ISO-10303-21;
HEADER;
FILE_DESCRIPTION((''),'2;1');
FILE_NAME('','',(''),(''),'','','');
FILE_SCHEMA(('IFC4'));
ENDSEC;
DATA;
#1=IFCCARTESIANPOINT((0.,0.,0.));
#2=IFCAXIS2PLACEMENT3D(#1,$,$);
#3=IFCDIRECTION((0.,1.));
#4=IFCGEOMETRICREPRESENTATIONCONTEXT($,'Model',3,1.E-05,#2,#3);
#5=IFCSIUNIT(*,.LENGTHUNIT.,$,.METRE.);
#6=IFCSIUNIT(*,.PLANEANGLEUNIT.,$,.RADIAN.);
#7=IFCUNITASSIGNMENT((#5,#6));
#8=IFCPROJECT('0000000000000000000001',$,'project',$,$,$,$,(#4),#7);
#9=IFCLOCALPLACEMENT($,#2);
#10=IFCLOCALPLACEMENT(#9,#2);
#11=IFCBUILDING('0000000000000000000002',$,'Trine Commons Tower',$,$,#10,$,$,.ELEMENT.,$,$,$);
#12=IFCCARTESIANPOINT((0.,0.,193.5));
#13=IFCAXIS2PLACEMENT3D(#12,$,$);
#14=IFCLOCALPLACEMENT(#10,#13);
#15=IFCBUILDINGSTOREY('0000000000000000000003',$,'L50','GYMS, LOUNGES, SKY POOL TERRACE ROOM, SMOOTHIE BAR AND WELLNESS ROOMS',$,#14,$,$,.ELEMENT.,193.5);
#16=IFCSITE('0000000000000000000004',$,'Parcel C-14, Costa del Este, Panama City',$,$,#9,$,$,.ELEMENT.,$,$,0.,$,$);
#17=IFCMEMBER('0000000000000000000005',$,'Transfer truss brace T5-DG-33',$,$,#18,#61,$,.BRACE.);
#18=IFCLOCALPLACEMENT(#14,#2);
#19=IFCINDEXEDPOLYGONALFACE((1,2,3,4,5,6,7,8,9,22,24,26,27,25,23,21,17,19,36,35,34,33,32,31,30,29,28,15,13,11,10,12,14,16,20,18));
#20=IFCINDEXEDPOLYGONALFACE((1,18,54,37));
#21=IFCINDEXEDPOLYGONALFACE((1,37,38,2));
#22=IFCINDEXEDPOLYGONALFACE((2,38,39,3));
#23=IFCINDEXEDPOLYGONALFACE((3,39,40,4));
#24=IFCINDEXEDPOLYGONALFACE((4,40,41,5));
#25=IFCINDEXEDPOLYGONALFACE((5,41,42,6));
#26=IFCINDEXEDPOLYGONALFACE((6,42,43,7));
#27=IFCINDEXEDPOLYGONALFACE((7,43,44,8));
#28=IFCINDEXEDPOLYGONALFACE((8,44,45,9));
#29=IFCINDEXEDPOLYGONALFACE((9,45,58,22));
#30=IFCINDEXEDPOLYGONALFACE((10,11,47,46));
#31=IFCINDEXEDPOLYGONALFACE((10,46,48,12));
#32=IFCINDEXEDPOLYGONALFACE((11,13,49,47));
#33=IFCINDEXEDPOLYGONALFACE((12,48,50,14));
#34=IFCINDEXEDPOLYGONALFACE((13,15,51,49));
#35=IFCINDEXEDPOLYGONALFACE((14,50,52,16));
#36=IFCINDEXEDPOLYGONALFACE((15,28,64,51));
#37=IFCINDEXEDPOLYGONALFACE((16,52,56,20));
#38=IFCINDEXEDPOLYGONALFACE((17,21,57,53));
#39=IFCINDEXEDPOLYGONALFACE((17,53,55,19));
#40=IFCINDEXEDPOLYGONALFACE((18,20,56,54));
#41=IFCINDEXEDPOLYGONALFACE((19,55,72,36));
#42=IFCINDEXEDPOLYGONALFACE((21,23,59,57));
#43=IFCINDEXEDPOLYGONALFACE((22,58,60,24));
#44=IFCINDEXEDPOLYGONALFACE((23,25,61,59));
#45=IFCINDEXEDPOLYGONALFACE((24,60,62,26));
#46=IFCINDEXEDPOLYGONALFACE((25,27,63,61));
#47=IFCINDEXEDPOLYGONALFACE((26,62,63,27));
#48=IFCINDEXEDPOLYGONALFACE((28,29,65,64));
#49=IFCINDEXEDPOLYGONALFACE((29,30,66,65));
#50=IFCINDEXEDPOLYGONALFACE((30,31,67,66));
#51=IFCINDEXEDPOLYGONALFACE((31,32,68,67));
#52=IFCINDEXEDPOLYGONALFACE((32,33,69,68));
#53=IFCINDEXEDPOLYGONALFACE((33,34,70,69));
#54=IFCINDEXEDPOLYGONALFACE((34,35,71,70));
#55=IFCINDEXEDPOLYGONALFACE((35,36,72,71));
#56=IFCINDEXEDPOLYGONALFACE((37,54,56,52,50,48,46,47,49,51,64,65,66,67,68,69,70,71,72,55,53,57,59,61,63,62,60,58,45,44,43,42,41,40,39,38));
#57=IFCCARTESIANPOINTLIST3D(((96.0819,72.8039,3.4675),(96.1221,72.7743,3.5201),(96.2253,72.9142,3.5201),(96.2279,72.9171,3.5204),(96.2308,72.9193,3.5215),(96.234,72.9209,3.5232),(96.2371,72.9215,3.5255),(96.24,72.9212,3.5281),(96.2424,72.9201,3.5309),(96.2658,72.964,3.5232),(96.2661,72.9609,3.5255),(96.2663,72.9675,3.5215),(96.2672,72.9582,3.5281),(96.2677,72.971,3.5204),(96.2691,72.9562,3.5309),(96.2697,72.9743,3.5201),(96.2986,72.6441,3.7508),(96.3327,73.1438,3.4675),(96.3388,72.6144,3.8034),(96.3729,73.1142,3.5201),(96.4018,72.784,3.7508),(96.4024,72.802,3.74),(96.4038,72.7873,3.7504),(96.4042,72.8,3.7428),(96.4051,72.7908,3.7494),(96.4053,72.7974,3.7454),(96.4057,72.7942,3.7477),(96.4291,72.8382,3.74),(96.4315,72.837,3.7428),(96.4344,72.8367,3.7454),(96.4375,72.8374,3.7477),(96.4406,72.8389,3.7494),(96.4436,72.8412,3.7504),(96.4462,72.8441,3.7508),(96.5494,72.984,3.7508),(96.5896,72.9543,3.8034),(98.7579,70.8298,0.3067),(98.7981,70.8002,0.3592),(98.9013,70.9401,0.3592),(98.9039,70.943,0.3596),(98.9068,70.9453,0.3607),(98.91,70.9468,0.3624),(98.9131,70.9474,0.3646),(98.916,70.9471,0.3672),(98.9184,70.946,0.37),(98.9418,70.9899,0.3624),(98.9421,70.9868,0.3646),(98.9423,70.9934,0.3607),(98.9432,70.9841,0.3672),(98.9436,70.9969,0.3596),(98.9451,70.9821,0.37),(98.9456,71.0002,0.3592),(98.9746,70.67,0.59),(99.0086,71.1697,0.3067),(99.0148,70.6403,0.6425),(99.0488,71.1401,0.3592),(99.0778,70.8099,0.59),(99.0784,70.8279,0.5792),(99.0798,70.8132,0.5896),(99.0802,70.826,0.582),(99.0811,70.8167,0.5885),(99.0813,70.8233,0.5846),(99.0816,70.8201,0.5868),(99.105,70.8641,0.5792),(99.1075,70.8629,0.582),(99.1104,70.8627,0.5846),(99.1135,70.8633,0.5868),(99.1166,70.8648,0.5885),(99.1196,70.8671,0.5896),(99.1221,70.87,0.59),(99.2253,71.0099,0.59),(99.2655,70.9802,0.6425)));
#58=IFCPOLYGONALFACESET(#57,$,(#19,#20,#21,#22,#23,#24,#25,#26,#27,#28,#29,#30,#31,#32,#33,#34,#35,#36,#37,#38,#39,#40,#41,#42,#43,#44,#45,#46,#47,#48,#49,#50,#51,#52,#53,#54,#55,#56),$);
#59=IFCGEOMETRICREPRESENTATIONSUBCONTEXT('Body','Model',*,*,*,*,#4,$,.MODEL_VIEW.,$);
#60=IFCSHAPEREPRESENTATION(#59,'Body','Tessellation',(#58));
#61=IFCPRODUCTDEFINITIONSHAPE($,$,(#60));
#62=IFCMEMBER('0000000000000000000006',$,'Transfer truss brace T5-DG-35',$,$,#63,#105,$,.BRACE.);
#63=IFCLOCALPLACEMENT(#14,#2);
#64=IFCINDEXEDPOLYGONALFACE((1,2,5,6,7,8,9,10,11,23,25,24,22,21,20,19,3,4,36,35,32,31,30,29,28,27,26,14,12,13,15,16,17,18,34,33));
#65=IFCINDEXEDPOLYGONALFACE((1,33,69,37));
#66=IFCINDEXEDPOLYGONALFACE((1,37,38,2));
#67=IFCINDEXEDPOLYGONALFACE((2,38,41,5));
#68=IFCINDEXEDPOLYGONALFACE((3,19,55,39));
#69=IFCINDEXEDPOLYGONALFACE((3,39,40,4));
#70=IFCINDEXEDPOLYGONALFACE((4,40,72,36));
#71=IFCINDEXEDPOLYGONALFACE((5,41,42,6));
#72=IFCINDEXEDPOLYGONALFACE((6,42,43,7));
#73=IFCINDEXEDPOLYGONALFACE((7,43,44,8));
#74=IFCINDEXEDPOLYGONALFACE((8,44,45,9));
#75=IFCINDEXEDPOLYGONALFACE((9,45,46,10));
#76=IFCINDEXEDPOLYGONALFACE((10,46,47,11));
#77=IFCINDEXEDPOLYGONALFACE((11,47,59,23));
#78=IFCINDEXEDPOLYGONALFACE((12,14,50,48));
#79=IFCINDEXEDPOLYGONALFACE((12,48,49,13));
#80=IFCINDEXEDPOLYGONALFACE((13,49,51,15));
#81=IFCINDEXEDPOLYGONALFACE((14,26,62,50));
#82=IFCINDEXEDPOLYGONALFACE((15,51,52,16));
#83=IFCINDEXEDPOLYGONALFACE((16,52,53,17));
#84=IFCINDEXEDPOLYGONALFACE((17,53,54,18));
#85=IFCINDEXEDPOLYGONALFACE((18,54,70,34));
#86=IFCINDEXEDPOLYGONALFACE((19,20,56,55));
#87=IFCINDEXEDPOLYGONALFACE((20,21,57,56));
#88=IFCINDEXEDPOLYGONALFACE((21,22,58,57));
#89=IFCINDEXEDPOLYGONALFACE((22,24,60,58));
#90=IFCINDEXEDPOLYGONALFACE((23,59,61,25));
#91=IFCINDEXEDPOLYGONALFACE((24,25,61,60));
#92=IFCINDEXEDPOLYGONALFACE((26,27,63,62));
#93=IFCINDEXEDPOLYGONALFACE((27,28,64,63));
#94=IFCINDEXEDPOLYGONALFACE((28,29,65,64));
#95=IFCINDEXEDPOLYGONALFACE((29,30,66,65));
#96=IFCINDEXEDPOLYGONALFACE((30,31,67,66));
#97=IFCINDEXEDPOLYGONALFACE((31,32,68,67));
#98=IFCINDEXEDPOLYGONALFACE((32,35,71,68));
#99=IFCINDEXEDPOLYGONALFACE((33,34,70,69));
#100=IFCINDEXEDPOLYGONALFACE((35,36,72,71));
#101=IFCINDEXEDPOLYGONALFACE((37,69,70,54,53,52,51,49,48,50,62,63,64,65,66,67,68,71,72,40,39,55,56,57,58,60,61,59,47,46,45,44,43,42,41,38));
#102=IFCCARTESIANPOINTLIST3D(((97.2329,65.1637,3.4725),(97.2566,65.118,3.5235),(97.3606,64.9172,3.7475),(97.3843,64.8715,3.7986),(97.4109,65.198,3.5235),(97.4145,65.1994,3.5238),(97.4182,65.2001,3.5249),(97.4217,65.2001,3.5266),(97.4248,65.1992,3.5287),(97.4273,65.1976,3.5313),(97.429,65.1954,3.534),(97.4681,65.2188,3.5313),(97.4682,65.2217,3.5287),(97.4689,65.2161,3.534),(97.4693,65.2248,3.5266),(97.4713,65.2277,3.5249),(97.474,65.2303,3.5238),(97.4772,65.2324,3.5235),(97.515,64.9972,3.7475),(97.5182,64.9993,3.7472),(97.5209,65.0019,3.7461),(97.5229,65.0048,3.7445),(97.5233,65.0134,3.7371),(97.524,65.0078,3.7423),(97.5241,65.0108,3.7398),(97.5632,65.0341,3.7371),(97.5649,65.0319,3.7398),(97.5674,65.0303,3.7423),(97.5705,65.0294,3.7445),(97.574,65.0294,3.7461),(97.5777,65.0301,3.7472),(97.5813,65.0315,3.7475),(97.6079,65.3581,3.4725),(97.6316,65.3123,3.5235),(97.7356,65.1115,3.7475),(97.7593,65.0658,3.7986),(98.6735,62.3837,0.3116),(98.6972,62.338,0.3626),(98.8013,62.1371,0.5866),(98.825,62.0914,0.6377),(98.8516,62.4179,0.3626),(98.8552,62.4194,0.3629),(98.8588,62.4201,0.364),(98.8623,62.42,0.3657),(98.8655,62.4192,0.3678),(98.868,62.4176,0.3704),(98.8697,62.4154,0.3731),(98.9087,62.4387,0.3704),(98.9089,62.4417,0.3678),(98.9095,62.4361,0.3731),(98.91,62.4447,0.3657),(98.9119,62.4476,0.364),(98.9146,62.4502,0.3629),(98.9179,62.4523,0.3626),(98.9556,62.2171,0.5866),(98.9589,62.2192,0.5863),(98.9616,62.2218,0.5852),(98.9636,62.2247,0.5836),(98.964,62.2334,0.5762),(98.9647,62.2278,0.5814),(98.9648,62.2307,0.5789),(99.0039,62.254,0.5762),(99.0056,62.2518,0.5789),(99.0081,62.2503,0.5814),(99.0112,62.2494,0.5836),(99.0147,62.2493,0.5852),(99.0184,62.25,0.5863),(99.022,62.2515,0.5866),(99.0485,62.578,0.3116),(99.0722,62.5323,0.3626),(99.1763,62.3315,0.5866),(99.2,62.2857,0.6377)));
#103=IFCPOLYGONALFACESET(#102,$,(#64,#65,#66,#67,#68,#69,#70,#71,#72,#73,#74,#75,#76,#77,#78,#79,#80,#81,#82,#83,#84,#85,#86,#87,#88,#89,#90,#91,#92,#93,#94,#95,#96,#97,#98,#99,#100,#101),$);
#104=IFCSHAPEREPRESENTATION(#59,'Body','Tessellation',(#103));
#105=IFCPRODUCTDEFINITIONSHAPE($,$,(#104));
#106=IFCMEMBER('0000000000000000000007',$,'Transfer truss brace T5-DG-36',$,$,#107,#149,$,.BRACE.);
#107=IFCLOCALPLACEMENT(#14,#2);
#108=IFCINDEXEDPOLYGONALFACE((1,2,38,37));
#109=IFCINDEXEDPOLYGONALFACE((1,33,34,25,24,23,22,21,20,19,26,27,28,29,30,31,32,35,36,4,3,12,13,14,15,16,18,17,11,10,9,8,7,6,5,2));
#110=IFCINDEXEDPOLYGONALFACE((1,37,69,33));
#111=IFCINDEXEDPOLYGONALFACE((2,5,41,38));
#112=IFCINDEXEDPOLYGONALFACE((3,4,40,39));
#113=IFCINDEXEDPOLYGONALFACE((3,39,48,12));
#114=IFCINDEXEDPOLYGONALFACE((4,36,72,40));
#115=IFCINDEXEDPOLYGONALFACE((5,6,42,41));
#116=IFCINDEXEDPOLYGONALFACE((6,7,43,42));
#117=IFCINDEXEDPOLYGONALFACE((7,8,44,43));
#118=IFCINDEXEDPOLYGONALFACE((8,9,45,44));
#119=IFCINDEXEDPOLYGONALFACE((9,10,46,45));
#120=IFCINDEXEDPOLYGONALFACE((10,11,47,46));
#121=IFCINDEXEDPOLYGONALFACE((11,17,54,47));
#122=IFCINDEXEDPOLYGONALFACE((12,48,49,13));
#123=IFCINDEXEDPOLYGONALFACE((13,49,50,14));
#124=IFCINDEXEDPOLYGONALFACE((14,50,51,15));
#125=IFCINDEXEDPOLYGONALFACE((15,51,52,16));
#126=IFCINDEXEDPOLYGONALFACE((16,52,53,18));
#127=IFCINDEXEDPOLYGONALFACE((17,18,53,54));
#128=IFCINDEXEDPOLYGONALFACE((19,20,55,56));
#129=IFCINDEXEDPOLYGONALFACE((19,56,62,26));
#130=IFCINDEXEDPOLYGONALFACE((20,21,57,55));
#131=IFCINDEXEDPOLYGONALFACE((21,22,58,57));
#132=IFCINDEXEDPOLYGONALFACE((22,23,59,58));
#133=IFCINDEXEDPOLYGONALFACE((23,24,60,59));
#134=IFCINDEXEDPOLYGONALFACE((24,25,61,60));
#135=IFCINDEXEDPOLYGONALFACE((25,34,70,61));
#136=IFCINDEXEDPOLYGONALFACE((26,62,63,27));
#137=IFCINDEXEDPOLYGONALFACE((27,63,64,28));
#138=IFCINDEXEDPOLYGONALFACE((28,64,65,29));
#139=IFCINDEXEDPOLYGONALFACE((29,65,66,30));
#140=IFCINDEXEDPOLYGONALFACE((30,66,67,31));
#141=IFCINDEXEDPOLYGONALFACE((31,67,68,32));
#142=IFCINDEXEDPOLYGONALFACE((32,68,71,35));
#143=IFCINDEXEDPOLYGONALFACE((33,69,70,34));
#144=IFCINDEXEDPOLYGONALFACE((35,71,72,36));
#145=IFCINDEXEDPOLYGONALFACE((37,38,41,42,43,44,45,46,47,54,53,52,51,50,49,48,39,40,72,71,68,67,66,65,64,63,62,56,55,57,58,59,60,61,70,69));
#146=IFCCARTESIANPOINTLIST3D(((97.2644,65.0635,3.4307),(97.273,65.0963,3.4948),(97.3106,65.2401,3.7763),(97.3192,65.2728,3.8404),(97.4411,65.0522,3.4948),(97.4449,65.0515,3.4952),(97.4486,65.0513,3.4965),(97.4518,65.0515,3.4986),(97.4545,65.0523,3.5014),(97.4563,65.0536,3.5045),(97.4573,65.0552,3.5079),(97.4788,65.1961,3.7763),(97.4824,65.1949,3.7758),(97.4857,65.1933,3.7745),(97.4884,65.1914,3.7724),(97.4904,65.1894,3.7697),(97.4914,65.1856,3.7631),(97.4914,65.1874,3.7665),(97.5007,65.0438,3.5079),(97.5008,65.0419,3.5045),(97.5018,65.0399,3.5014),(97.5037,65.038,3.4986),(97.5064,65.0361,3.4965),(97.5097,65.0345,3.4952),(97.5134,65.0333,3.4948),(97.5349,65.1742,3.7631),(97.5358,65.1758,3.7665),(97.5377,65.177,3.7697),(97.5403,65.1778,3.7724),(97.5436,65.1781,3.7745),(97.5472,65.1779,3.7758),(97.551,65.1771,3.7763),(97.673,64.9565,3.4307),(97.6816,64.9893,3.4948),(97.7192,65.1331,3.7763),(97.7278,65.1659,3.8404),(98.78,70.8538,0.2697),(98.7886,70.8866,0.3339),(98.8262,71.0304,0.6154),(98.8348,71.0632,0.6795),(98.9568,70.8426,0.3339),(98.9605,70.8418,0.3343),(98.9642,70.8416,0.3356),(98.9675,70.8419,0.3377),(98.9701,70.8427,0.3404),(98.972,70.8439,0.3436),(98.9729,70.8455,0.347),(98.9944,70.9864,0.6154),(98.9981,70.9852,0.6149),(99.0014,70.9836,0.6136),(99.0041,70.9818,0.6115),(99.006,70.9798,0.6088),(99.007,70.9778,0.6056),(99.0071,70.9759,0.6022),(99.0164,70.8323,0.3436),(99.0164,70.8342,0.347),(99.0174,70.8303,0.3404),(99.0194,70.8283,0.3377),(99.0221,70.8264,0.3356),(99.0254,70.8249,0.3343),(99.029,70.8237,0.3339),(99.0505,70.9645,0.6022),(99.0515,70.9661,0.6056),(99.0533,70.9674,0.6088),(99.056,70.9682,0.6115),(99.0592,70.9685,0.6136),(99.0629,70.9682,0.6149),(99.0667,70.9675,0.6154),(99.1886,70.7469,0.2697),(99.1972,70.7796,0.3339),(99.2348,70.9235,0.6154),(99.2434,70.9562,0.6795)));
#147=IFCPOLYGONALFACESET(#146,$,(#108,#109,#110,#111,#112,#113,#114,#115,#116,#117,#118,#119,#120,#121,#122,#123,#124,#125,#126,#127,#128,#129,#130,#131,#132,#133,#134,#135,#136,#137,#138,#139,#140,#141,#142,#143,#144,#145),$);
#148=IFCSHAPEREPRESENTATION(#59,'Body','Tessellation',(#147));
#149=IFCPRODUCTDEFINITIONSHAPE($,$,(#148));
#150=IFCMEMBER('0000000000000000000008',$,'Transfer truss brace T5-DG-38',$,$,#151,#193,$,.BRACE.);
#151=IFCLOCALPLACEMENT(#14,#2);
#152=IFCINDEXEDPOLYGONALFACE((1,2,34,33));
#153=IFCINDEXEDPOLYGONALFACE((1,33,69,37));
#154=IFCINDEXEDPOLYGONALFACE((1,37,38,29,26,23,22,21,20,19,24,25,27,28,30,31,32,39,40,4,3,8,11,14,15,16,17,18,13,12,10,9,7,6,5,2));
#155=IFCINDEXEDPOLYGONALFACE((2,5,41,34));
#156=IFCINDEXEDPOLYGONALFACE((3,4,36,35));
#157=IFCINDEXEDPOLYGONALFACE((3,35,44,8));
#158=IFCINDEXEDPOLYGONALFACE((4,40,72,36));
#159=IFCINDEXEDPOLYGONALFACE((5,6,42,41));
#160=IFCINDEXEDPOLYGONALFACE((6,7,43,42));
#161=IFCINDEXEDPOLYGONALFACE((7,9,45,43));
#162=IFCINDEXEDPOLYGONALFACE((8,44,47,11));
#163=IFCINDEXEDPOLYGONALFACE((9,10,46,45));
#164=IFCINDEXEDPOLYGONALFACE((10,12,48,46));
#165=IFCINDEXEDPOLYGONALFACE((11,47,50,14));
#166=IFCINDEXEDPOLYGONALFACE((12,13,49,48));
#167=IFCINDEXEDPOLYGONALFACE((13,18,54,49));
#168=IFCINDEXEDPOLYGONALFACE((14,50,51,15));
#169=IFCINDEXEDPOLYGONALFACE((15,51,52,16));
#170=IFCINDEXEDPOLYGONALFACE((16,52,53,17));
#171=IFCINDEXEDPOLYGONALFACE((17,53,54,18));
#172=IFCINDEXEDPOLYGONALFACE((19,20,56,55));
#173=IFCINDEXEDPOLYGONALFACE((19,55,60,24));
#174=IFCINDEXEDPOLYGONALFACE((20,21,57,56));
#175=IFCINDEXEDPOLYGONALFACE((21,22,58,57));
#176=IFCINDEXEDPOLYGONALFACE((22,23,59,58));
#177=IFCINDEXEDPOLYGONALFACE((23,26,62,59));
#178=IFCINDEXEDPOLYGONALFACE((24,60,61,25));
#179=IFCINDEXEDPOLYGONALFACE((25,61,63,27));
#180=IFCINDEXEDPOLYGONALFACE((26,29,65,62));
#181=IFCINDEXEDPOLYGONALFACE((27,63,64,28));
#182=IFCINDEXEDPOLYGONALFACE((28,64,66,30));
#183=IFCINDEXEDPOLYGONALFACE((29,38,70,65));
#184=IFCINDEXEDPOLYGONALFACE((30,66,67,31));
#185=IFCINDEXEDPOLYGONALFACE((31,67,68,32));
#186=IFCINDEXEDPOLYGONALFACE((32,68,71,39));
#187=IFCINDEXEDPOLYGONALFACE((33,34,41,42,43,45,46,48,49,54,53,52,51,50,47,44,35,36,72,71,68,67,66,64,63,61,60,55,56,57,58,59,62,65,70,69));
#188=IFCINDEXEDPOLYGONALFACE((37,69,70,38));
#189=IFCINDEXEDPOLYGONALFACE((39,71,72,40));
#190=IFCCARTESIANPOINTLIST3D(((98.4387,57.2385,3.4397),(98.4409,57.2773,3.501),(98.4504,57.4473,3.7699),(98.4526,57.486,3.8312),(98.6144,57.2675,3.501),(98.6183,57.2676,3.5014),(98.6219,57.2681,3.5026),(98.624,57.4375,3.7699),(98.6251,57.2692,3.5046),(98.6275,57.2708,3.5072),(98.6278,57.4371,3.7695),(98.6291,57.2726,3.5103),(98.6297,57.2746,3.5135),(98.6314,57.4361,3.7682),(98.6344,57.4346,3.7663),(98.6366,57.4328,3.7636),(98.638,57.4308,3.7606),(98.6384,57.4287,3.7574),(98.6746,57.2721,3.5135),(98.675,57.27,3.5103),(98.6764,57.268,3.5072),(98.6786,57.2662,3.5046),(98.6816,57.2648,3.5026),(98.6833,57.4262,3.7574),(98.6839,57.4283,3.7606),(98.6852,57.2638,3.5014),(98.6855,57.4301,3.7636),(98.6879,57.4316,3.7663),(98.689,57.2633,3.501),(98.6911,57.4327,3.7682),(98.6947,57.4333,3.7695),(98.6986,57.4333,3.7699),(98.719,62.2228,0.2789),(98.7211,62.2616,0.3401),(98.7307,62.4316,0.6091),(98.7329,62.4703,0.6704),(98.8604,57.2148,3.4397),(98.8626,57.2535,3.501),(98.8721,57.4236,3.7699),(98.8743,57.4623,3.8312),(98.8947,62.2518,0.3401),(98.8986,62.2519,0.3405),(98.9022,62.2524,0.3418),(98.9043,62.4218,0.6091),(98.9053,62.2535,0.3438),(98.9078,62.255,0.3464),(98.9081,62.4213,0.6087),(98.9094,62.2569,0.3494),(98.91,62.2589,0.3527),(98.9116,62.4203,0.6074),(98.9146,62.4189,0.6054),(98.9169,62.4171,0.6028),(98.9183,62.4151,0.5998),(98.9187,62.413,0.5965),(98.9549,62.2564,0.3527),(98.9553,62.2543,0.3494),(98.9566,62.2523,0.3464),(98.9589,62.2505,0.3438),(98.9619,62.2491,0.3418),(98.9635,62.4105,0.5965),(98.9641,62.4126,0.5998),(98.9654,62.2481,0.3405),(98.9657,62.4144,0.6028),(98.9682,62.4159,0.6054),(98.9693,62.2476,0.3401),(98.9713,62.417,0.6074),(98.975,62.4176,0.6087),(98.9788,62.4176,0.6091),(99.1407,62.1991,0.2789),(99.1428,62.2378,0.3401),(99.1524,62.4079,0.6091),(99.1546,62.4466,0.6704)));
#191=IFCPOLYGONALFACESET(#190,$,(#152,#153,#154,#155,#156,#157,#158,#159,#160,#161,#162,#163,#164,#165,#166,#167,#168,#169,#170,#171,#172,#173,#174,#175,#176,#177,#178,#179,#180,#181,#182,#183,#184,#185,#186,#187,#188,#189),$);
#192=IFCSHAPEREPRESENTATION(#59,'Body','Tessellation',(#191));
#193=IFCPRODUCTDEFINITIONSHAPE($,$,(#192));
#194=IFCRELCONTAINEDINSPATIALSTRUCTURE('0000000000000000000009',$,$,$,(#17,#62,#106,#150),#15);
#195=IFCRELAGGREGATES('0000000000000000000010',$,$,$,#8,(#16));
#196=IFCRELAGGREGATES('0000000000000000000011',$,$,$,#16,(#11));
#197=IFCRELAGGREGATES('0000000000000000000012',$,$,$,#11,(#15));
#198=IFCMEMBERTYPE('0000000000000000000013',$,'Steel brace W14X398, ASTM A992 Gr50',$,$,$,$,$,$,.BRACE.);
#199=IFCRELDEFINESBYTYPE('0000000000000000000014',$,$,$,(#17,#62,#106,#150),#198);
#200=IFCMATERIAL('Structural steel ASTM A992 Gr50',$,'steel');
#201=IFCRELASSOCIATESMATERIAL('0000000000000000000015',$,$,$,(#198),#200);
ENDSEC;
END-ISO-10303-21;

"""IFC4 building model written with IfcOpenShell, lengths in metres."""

from ifc_helpers import new_model, si_unit, direction, frame, origin, origin_2d, place, context, subcontext, project, spatial, i_section, extrude, material, material_profile, profile_set, type_object, element, save


model = new_model("IFC4")

# Units and contexts
model_context = context("Model", 3, precision=1e-05, world=origin(), true_north=direction((0.0, 1.0)))
body_context = subcontext(model_context, "Body", "Model", "MODEL_VIEW")
ifc_project = project(units=[si_unit("LENGTHUNIT", "METRE"), si_unit("PLANEANGLEUNIT", "RADIAN")], contexts=[model_context])

# Site, building, storey
site_placement = place(None, origin())
site = spatial("IfcSite", under=ifc_project, at=site_placement, Name="Parcel C-14, Costa del Este, Panama City", CompositionType="ELEMENT", RefElevation=0.0)
building_placement = place(site_placement, origin())
building = spatial("IfcBuilding", under=site, at=building_placement, Name="Trine Commons Tower", CompositionType="ELEMENT")
storey_placement = place(building_placement, frame((0.0, 0.0, 193.5)))
storey = spatial("IfcBuildingStorey", under=building, at=storey_placement, Name="L50", Description="GYMS, LOUNGES, SKY POOL TERRACE ROOM, SMOOTHIE BAR AND WELLNESS ROOMS", CompositionType="ELEMENT", Elevation=193.5)

# Members
ifc_material_1 = material(Name="Structural steel ASTM A992 Gr50", Category="steel")
ifc_material_profile_1 = material_profile(ifc_material_1, i_section(OverallWidth=0.4224, OverallDepth=0.4634, WebThickness=0.0449, FlangeThickness=0.0725, FilletRadius=0.0149, at=origin_2d()), Name="W14X398")
ifc_profile_set_1 = profile_set([ifc_material_profile_1], Name="Structural steel ASTM A992 Gr50")
member_type_1 = type_object("IfcMemberType", Name="Steel brace W14X398, ASTM A992 Gr50", PredefinedType="BRACE", material=ifc_profile_set_1)
member_1_placement = place(storey_placement, frame((99.0117, 70.905, 0.4746), z_axis=(-0.58327, 0.430282, 0.688951), x_axis=(-0.59365, -0.804724, 0.0)))
element("IfcMember", 1, at=member_1_placement, inside=storey, type_object=member_type_1, Name="Transfer truss brace T5-DG-33", PredefinedType="BRACE", context=body_context, shape_type="SweptSolid", body=[
    extrude(i_section(OverallWidth=0.4224, OverallDepth=0.4634, WebThickness=0.0449, FlangeThickness=0.0725, FilletRadius=0.0149, at=origin_2d()), origin(), (0.0, 0.0, 1.0), 4.5879),
])
member_2_placement = place(storey_placement, frame((98.9368, 62.3347, 0.4746), z_axis=(-0.323806, 0.624839, 0.710441), x_axis=(-0.887862, -0.46011, 0.0)))
element("IfcMember", 2, at=member_2_placement, inside=storey, type_object=member_type_1, Name="Transfer truss brace T5-DG-35", PredefinedType="BRACE", context=body_context, shape_type="SweptSolid", body=[
    extrude(i_section(OverallWidth=0.4224, OverallDepth=0.4634, WebThickness=0.0449, FlangeThickness=0.0725, FilletRadius=0.0149, at=origin_2d()), origin(), (0.0, 0.0, 1.0), 4.4492),
])
member_3_placement = place(storey_placement, frame((99.0117, 70.905, 0.4746), z_axis=(-0.223916, -0.855446, 0.466984), x_axis=(0.967408, -0.253222, 0.0)))
element("IfcMember", 3, at=member_3_placement, inside=storey, type_object=member_type_1, Name="Transfer truss brace T5-DG-36", PredefinedType="BRACE", context=body_context, shape_type="SweptSolid", body=[
    extrude(i_section(OverallWidth=0.4224, OverallDepth=0.4634, WebThickness=0.0449, FlangeThickness=0.0725, FilletRadius=0.0149, at=origin_2d()), origin(), (0.0, 0.0, 1.0), 6.7688),
])
member_4_placement = place(storey_placement, frame((98.9368, 62.3347, 0.4746), z_axis=(-0.047433, -0.843553, 0.534947), x_axis=(0.998423, -0.056142, 0.0)))
element("IfcMember", 4, at=member_4_placement, inside=storey, type_object=member_type_1, Name="Transfer truss brace T5-DG-38", PredefinedType="BRACE", context=body_context, shape_type="SweptSolid", body=[
    extrude(i_section(OverallWidth=0.4224, OverallDepth=0.4634, WebThickness=0.0449, FlangeThickness=0.0725, FilletRadius=0.0149, at=origin_2d()), origin(), (0.0, 0.0, 1.0), 5.9087),
])

save(model, "model.ifc")
